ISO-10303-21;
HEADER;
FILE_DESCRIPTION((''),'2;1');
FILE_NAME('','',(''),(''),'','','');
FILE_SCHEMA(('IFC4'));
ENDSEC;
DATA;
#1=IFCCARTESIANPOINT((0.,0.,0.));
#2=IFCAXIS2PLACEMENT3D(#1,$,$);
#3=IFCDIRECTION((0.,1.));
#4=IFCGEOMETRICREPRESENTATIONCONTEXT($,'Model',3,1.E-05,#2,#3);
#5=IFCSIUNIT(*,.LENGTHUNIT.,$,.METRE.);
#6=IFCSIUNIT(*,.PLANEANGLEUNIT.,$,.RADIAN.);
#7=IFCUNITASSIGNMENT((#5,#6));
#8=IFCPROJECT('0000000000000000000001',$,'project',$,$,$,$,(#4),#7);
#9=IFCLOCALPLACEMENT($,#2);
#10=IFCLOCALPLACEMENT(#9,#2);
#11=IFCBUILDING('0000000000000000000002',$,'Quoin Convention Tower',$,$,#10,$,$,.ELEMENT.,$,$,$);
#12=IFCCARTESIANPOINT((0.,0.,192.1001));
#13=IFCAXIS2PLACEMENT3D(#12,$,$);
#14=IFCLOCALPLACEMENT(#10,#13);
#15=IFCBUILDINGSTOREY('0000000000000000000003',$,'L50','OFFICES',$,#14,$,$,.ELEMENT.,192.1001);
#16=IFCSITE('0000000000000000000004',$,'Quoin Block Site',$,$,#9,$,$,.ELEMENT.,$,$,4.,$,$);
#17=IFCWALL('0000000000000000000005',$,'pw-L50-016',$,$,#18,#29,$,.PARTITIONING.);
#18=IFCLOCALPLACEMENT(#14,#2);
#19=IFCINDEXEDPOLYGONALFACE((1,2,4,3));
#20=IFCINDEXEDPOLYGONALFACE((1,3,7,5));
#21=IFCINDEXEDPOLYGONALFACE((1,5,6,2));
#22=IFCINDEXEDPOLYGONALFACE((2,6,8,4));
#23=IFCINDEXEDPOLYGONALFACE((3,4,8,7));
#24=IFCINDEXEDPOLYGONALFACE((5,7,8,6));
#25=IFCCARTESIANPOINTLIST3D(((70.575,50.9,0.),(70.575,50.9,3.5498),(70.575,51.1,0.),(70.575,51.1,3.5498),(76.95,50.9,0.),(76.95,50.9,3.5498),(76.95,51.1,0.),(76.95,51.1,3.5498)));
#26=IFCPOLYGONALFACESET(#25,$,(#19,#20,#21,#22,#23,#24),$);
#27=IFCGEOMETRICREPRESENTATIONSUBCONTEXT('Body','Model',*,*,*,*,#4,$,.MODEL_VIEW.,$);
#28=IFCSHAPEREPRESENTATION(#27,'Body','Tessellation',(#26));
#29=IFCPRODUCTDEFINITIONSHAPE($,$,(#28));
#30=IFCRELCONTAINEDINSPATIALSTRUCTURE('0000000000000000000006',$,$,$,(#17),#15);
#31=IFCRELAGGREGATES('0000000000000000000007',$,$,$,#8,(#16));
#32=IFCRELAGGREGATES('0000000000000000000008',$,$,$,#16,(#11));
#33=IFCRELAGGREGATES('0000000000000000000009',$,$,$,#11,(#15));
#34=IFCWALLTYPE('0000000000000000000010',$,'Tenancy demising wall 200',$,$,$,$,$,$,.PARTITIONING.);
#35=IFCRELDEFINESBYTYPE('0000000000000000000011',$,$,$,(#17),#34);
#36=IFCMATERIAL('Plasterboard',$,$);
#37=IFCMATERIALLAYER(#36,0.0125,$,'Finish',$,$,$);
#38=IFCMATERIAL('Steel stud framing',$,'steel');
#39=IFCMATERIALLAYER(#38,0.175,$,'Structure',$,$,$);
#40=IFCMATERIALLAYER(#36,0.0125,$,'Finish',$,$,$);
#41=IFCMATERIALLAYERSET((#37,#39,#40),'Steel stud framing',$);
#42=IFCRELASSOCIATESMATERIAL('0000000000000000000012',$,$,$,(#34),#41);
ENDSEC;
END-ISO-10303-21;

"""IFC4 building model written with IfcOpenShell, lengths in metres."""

from ifc_helpers import new_model, si_unit, direction, frame, frame_2d, origin, place, context, subcontext, project, spatial, rectangle, extrude, material, layer, layer_set, type_object, element, save


model = new_model("IFC4")

# Units and contexts
model_context = context("Model", 3, precision=1e-05, world=origin(), true_north=direction((0.0, 1.0)))
body_context = subcontext(model_context, "Body", "Model", "MODEL_VIEW")
ifc_project = project(units=[si_unit("LENGTHUNIT", "METRE"), si_unit("PLANEANGLEUNIT", "RADIAN")], contexts=[model_context])

# Site, building, storey
site_placement = place(None, origin())
site = spatial("IfcSite", under=ifc_project, at=site_placement, Name="Quoin Block Site", CompositionType="ELEMENT", RefElevation=4.0)
building_placement = place(site_placement, origin())
building = spatial("IfcBuilding", under=site, at=building_placement, Name="Quoin Convention Tower", CompositionType="ELEMENT")
storey_placement = place(building_placement, frame((0.0, 0.0, 192.1001)))
storey = spatial("IfcBuildingStorey", under=building, at=storey_placement, Name="L50", Description="OFFICES", CompositionType="ELEMENT", Elevation=192.1001)

# Shared definitions
ifc_material_1 = material(Name="Plasterboard")
ifc_material_2 = material(Name="Steel stud framing", Category="steel")

# Wall
ifc_layer_1 = layer(ifc_material_1, 0.0125, Name="Finish")
ifc_layer_2 = layer(ifc_material_2, 0.175, Name="Structure")
ifc_layer_3 = layer(ifc_material_1, 0.0125, Name="Finish")
ifc_layer_set_1 = layer_set([ifc_layer_1, ifc_layer_2, ifc_layer_3], Name="Steel stud framing")
wall_type_1 = type_object("IfcWallType", Name="Tenancy demising wall 200", PredefinedType="PARTITIONING", material=ifc_layer_set_1)
wall_1_placement = place(storey_placement, frame((70.575, 51.0, 0.0), z_axis=(0.0, 0.0, 1.0), x_axis=(1.0, 0.0, 0.0)))
element("IfcWall", 1, at=wall_1_placement, inside=storey, type_object=wall_type_1, Name="pw-L50-016", PredefinedType="PARTITIONING", context=body_context, shape_type="SweptSolid", body=[
    extrude(rectangle(XDim=6.375, YDim=0.2, at=frame_2d((3.1875, 0.0))), origin(), (0.0, 0.0, 1.0), 3.5498),
])

save(model, "model.ifc")
